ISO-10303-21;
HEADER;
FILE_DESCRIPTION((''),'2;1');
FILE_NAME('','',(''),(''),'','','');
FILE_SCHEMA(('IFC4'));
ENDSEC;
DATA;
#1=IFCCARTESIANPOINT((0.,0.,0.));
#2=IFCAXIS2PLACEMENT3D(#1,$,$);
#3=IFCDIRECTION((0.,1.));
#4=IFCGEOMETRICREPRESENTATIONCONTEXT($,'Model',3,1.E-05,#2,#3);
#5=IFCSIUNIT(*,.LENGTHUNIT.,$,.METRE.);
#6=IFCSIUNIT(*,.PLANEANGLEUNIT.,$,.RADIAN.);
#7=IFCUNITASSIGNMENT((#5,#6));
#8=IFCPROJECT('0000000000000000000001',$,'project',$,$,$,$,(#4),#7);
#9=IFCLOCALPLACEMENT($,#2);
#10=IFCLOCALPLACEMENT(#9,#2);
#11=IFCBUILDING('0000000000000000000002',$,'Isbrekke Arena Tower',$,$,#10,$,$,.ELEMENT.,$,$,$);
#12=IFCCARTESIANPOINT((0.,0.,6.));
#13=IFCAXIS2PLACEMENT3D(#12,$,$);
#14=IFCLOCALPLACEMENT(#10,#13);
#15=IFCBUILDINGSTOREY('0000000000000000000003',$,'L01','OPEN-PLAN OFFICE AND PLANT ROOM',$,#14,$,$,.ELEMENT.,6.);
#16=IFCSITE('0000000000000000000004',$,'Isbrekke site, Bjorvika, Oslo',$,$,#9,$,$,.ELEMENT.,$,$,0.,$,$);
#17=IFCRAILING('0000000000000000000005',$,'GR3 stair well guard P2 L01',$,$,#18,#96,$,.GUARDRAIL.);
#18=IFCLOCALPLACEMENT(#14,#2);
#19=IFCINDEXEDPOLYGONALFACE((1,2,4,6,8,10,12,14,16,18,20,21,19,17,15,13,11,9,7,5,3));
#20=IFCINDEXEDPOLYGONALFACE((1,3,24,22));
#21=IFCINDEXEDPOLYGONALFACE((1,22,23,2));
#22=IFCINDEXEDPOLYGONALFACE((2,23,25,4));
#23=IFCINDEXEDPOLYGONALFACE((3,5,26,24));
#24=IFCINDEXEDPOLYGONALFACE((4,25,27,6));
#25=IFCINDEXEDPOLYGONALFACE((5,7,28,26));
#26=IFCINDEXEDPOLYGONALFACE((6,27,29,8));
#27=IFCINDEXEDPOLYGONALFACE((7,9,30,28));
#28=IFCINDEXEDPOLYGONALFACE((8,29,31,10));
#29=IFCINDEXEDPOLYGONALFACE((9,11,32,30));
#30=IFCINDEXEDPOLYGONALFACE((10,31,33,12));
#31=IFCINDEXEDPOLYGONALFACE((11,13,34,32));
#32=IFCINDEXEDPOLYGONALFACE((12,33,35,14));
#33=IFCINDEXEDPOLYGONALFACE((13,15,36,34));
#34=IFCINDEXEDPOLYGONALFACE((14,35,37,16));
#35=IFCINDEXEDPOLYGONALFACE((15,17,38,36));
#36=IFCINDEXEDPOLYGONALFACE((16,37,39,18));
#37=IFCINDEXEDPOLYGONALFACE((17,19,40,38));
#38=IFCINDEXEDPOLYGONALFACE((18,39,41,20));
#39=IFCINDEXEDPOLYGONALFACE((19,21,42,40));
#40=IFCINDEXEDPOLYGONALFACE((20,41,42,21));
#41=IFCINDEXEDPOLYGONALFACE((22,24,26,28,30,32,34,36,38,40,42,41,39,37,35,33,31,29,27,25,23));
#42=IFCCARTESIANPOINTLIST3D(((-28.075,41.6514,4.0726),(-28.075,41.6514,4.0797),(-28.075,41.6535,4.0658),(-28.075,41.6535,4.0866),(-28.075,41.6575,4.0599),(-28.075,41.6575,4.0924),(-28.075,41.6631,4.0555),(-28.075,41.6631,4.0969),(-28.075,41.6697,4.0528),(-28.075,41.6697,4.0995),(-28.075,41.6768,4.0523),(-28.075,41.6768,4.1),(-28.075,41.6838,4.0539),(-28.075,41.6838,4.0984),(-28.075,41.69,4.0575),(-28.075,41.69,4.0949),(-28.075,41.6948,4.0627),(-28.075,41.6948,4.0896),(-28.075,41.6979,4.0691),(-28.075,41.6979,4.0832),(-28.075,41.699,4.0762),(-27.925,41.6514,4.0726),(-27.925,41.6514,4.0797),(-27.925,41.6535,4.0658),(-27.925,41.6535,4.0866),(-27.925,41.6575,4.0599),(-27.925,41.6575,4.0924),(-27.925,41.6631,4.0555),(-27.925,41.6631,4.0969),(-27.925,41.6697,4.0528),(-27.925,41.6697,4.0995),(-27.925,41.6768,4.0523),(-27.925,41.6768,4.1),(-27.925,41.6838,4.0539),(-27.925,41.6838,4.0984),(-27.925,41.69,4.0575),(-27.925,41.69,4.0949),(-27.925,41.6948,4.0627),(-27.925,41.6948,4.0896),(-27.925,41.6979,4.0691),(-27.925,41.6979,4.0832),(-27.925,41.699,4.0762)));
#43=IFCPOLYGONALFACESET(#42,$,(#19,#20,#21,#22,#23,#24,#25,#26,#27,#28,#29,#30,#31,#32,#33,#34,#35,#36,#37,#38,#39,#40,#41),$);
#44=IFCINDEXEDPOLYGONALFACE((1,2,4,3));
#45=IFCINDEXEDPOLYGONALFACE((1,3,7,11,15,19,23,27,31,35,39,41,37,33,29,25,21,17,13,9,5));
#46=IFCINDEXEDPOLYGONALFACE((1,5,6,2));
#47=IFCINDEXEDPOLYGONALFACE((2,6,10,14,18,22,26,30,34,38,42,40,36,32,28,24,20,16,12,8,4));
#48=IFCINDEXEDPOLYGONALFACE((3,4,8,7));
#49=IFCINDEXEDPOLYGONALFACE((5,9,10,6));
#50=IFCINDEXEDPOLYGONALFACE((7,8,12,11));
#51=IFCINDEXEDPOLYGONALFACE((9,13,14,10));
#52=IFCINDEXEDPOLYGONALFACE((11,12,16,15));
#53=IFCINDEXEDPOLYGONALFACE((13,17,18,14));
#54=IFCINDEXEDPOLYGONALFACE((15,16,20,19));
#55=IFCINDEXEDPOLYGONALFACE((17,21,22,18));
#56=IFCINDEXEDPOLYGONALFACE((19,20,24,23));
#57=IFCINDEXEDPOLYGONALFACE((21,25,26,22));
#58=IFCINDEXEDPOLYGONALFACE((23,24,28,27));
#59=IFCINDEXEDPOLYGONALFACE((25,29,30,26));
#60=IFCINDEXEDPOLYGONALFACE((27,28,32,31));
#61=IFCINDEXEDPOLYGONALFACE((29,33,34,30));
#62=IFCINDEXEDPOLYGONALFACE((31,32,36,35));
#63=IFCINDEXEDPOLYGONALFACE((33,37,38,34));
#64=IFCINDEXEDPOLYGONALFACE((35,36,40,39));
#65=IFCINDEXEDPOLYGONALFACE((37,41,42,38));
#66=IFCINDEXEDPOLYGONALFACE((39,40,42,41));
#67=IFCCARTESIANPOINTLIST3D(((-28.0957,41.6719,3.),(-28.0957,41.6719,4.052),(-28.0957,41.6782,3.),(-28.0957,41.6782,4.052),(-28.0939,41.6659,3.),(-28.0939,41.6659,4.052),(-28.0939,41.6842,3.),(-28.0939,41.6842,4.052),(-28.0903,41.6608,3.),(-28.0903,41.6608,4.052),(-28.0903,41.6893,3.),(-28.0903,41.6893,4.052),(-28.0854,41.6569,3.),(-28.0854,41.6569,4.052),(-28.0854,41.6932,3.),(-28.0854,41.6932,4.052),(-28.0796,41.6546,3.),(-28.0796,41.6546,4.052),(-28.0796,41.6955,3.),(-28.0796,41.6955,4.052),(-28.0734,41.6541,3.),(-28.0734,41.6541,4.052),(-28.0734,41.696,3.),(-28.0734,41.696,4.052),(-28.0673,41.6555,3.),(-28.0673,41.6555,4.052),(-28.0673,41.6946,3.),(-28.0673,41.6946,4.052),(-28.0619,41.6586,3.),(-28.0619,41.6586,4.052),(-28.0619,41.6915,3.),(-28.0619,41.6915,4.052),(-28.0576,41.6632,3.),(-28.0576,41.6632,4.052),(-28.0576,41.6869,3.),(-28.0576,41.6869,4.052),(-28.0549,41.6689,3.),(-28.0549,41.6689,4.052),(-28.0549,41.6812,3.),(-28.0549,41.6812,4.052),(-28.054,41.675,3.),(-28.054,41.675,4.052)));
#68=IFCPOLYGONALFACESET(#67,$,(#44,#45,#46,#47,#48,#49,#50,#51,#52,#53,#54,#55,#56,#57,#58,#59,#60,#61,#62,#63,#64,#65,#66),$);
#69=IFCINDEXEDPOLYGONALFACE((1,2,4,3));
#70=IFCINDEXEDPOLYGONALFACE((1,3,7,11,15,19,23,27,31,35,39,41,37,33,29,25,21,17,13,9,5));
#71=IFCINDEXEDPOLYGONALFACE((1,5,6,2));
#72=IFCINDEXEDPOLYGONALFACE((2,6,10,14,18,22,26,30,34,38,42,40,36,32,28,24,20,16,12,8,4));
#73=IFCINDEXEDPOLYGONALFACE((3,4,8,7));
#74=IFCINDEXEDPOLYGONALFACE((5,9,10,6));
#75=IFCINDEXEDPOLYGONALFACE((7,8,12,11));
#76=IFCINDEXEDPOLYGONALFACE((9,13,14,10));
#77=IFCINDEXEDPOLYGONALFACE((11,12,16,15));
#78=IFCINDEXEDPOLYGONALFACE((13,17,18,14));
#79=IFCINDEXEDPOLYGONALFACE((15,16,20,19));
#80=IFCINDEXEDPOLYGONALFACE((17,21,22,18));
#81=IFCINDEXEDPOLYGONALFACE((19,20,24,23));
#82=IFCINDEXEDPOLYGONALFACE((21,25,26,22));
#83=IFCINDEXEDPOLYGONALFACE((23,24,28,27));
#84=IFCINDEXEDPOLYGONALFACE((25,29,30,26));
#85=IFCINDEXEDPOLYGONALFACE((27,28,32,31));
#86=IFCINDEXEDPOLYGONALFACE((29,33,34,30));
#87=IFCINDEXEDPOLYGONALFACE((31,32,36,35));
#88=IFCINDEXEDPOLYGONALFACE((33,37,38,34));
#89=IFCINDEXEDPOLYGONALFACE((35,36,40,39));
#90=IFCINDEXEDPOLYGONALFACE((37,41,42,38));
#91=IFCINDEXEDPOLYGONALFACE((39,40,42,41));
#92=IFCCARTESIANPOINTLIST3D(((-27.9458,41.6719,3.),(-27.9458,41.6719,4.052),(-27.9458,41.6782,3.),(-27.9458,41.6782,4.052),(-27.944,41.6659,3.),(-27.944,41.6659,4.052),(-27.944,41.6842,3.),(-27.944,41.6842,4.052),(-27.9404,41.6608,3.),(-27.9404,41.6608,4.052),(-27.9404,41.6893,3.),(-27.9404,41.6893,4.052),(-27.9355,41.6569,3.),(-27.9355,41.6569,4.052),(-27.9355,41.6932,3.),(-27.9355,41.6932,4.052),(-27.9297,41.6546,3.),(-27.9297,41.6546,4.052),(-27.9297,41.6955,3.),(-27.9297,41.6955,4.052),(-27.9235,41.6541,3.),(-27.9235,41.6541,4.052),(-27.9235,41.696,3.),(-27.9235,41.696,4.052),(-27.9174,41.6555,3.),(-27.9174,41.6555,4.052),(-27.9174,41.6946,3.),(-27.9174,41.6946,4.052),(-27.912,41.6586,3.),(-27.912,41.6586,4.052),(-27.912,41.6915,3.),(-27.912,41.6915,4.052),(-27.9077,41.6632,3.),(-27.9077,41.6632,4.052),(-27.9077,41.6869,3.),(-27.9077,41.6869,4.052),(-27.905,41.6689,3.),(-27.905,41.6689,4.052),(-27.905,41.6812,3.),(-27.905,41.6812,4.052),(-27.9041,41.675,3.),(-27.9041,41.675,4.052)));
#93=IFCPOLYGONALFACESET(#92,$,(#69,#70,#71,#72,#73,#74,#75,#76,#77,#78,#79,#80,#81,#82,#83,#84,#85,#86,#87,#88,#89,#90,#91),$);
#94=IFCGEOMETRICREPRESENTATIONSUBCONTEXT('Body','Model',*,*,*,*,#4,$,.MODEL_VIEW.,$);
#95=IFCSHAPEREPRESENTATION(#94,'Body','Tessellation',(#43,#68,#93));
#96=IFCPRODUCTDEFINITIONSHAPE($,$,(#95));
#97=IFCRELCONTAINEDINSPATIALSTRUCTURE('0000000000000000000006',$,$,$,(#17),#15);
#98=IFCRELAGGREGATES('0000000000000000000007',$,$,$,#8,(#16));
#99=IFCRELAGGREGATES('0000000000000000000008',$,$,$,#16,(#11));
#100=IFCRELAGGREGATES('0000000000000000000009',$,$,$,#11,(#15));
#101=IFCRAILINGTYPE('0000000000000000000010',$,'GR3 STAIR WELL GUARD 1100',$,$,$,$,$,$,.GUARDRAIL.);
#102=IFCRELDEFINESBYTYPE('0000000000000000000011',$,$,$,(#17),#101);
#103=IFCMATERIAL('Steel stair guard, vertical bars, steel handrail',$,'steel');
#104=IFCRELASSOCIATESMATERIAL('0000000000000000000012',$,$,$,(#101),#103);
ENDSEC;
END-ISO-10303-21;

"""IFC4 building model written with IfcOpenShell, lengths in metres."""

from ifc_helpers import new_model, si_unit, direction, frame, origin, origin_2d, place, context, subcontext, project, spatial, circle, extrude, material, type_object, element, save


model = new_model("IFC4")

# Units and contexts
model_context = context("Model", 3, precision=1e-05, world=origin(), true_north=direction((0.0, 1.0)))
body_context = subcontext(model_context, "Body", "Model", "MODEL_VIEW")
ifc_project = project(units=[si_unit("LENGTHUNIT", "METRE"), si_unit("PLANEANGLEUNIT", "RADIAN")], contexts=[model_context])

# Site, building, storey
site_placement = place(None, origin())
site = spatial("IfcSite", under=ifc_project, at=site_placement, Name="Isbrekke site, Bjorvika, Oslo", CompositionType="ELEMENT", RefElevation=0.0)
building_placement = place(site_placement, origin())
building = spatial("IfcBuilding", under=site, at=building_placement, Name="Isbrekke Arena Tower", CompositionType="ELEMENT")
storey_placement = place(building_placement, frame((0.0, 0.0, 6.0)))
storey = spatial("IfcBuildingStorey", under=building, at=storey_placement, Name="L01", Description="OPEN-PLAN OFFICE AND PLANT ROOM", CompositionType="ELEMENT", Elevation=6.0)

# Railing
ifc_material_1 = material(Name="Steel stair guard, vertical bars, steel handrail", Category="steel")
railing_type = type_object("IfcRailingType", Name="GR3 STAIR WELL GUARD 1100", PredefinedType="GUARDRAIL", material=ifc_material_1)
railing_placement = place(storey_placement, frame((-28.075, 41.675, 3.0)))
element("IfcRailing", 1, at=railing_placement, inside=storey, type_object=railing_type, Name="GR3 stair well guard P2 L01", PredefinedType="GUARDRAIL", context=body_context, shape_type="SweptSolid", body=[
    extrude(circle(Radius=0.0239, at=origin_2d()), frame((0.0, 0.0, 1.0762), z_axis=(1.0, 0.0, 0.0), x_axis=(0.0, 1.0, 0.0)), (0.0, 0.0, 1.0), 0.1499),
    extrude(circle(Radius=0.021, at=origin_2d()), origin(), (0.0, 0.0, 1.0), 1.052),
    extrude(circle(Radius=0.021, at=origin_2d()), frame((0.1499, 0.0, 0.0)), (0.0, 0.0, 1.0), 1.052),
])

save(model, "model.ifc")
